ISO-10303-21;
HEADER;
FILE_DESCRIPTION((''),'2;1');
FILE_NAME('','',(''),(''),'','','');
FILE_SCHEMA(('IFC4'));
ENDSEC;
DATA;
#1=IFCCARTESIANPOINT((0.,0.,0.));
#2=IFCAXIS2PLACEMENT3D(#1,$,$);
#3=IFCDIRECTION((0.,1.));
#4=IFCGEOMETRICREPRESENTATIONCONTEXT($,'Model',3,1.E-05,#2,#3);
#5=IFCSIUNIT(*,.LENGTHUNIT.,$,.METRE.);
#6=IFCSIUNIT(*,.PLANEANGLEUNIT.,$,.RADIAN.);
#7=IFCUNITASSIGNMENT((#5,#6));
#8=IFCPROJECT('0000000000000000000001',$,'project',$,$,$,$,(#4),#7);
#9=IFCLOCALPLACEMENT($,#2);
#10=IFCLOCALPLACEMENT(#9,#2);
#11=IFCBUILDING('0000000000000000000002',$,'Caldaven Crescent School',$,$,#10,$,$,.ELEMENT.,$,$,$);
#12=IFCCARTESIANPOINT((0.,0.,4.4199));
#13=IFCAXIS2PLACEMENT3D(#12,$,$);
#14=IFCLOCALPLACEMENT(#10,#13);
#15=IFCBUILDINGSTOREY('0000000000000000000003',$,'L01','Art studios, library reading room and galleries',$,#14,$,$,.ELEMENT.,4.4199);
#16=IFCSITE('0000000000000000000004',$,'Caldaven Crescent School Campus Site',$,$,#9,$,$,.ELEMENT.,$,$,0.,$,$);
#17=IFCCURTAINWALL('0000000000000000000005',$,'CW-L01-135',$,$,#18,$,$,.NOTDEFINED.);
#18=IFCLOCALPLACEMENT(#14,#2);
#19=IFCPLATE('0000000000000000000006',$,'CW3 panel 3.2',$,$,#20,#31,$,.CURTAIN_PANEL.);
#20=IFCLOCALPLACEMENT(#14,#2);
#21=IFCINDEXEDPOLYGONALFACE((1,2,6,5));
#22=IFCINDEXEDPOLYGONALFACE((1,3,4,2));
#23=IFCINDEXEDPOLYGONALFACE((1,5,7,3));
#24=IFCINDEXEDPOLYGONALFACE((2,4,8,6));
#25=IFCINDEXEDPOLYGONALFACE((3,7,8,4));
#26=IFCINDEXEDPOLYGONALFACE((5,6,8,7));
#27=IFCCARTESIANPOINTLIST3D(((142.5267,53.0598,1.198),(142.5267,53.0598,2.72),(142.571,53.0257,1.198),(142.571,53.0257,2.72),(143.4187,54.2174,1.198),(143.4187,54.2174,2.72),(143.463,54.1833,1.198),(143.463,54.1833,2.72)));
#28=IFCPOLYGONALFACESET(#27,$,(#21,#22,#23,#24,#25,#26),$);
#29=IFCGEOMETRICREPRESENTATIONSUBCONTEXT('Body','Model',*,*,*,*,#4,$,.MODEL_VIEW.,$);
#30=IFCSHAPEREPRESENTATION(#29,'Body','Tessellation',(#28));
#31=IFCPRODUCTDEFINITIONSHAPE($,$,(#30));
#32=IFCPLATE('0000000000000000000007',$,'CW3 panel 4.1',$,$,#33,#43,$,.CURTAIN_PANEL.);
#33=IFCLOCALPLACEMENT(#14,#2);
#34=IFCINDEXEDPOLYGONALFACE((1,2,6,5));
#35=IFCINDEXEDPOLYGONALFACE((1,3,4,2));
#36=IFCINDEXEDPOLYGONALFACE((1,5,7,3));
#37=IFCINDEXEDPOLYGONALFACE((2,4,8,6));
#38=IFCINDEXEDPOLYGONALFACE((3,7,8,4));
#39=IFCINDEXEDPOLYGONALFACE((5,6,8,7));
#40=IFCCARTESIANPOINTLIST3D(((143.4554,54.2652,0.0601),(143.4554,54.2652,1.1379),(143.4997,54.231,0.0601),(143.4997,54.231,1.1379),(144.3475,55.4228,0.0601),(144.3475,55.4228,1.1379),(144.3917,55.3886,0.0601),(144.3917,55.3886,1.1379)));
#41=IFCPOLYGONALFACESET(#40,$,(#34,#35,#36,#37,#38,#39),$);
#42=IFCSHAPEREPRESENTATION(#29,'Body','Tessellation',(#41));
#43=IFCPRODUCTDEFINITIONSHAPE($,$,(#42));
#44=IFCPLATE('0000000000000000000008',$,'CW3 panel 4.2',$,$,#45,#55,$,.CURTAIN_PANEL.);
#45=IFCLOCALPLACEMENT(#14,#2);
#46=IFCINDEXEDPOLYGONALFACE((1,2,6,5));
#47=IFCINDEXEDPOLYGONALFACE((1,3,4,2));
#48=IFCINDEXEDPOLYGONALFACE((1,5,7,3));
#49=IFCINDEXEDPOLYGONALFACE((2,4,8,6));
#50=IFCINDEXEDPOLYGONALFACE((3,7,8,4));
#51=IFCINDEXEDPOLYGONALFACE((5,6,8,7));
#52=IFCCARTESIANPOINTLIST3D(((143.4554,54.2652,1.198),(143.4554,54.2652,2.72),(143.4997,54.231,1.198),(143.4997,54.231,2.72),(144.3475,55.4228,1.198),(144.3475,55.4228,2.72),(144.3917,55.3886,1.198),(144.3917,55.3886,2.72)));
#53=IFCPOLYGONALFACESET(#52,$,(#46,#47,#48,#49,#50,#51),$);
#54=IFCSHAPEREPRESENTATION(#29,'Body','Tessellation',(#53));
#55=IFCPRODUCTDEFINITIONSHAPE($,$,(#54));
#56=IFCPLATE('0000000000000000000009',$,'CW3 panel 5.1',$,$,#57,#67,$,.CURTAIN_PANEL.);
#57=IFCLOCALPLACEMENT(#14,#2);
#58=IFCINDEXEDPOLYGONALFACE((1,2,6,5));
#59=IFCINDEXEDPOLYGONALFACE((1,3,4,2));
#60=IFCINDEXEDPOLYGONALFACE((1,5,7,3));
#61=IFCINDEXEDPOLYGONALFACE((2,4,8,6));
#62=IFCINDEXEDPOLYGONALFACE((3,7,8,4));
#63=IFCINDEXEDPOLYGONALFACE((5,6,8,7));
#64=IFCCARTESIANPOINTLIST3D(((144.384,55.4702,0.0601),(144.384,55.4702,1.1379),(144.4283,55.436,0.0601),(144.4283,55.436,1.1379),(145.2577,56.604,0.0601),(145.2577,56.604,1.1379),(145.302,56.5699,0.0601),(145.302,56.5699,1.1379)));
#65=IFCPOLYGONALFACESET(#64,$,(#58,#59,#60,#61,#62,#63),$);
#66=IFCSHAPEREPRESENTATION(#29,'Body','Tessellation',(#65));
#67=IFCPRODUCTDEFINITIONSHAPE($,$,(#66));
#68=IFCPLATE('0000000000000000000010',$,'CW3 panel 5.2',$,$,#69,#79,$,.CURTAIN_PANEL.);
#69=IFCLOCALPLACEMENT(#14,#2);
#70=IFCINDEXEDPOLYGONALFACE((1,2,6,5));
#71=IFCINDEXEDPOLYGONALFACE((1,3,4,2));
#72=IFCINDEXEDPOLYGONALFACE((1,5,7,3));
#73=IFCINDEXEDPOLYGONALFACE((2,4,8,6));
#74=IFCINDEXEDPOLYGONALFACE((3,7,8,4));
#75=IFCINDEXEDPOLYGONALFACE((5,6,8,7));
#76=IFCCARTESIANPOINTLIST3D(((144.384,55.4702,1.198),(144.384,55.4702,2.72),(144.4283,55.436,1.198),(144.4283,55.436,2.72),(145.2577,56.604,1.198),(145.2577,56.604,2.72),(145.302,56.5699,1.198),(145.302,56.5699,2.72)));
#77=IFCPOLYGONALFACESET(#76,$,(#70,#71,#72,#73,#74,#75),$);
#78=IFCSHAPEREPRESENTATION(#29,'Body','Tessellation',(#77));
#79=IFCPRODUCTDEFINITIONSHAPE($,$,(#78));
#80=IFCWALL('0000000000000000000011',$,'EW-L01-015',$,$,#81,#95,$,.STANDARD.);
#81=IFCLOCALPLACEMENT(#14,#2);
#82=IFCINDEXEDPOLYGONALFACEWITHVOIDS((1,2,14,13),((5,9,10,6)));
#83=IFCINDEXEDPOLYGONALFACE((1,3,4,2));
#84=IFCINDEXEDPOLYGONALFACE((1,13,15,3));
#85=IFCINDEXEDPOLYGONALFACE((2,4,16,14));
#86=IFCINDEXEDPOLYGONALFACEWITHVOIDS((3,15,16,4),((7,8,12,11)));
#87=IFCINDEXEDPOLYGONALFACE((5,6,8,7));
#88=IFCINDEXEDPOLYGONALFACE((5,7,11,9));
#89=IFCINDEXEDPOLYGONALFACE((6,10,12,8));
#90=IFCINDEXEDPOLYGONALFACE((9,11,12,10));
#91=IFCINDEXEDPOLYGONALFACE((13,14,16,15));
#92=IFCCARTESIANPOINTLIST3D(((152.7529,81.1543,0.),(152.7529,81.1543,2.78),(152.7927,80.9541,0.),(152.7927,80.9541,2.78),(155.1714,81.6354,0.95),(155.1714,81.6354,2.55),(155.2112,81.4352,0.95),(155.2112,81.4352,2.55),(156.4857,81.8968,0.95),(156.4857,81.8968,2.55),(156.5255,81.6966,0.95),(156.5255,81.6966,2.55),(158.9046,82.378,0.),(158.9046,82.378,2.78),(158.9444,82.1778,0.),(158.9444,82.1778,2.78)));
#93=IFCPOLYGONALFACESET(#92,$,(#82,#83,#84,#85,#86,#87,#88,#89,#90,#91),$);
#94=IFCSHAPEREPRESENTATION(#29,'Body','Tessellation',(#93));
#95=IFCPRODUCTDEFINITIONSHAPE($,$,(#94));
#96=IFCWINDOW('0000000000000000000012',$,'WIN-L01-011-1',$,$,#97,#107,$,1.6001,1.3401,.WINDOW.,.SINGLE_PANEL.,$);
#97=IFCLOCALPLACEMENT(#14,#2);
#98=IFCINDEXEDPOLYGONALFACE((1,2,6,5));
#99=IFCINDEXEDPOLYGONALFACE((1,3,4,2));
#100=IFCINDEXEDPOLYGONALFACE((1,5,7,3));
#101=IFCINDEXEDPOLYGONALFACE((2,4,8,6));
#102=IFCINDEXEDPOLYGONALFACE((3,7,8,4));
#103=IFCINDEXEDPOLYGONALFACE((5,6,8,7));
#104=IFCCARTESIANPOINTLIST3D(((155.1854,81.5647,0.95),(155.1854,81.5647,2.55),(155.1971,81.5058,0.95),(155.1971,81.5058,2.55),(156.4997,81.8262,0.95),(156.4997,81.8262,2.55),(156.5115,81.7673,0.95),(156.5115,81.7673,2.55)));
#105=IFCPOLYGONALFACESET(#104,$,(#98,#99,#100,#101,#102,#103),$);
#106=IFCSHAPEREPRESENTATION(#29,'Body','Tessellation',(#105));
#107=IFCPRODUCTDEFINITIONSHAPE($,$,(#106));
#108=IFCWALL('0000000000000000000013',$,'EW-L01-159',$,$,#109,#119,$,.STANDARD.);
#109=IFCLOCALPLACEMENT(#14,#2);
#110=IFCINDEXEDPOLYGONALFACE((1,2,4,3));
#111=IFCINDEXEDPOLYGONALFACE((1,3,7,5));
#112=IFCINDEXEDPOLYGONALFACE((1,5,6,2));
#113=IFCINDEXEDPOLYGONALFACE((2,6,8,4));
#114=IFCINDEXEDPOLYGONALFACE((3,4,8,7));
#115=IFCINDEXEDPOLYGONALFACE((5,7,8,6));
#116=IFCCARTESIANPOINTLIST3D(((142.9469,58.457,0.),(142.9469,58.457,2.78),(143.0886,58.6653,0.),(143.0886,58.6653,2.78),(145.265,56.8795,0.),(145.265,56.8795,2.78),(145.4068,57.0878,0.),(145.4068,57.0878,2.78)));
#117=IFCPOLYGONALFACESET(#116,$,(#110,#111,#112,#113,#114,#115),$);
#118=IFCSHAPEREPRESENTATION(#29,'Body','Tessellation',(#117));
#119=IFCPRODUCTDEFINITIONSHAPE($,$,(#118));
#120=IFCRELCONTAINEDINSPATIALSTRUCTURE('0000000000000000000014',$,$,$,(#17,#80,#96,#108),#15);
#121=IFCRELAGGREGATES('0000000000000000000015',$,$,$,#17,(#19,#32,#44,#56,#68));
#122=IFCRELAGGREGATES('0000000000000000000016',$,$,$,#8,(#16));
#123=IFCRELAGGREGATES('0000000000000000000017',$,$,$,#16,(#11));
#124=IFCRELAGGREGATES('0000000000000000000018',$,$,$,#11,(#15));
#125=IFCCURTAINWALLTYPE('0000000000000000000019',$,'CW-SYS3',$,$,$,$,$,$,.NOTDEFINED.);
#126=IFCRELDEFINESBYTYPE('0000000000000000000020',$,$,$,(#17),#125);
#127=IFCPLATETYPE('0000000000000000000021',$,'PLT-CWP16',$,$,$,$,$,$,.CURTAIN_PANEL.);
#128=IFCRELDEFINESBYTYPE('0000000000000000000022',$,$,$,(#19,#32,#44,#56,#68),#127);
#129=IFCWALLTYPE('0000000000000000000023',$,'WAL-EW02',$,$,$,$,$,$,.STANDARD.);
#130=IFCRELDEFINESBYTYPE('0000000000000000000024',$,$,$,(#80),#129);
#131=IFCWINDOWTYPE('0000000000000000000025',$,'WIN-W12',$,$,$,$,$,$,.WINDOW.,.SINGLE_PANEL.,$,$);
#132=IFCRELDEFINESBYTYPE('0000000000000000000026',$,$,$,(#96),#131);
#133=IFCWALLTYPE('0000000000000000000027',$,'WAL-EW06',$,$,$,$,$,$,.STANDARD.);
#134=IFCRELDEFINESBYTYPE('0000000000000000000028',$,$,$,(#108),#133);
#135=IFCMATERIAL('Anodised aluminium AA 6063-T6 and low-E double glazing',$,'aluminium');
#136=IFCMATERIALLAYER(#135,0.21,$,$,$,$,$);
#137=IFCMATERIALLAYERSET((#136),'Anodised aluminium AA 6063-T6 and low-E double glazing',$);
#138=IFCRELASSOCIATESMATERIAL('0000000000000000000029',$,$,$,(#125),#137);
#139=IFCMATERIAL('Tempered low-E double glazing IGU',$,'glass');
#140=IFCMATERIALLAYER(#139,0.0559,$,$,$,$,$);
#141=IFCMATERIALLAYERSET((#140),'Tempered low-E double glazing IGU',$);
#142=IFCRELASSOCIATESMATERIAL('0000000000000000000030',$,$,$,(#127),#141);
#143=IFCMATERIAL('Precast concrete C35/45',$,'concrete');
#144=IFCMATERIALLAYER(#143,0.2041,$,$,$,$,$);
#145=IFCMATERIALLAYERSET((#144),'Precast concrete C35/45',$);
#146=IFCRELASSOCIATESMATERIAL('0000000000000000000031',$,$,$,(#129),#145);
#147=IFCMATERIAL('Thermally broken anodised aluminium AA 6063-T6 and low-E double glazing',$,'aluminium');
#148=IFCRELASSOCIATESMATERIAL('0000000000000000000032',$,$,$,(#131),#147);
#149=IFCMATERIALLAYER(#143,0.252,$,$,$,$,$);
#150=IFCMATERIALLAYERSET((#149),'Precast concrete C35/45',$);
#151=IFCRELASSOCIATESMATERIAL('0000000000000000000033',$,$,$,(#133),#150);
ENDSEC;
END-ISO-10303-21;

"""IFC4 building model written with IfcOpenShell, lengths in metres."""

from ifc_helpers import new_model, si_unit, direction, frame, frame_2d, origin, origin_2d, place, context, subcontext, project, spatial, rectangle, extrude, material, layer, layer_set, type_object, element, fill, aggregate, save


model = new_model("IFC4")

# Units and contexts
model_context = context("Model", 3, precision=1e-05, world=origin(), true_north=direction((0.0, 1.0)))
body_context = subcontext(model_context, "Body", "Model", "MODEL_VIEW")
ifc_project = project(units=[si_unit("LENGTHUNIT", "METRE"), si_unit("PLANEANGLEUNIT", "RADIAN")], contexts=[model_context])

# Site, building, storey
site_placement = place(None, origin())
site = spatial("IfcSite", under=ifc_project, at=site_placement, Name="Caldaven Crescent School Campus Site", CompositionType="ELEMENT", RefElevation=0.0)
building_placement = place(site_placement, origin())
building = spatial("IfcBuilding", under=site, at=building_placement, Name="Caldaven Crescent School", CompositionType="ELEMENT")
storey_placement = place(building_placement, frame((0.0, 0.0, 4.4199)))
storey = spatial("IfcBuildingStorey", under=building, at=storey_placement, Name="L01", Description="Art studios, library reading room and galleries", CompositionType="ELEMENT", Elevation=4.4199)

# Curtain wall
ifc_material_1 = material(Name="Anodised aluminium AA 6063-T6 and low-E double glazing", Category="aluminium")
ifc_layer_1 = layer(ifc_material_1, 0.21)
ifc_layer_set_1 = layer_set([ifc_layer_1], Name="Anodised aluminium AA 6063-T6 and low-E double glazing")
curtain_wall_type = type_object("IfcCurtainWallType", Name="CW-SYS3", PredefinedType="NOTDEFINED", material=ifc_layer_set_1)
curtain_wall_placement = place(storey_placement, origin())
curtain_wall = element("IfcCurtainWall", 1, at=curtain_wall_placement, inside=storey, type_object=curtain_wall_type, Name="CW-L01-135", PredefinedType="NOTDEFINED")

# Plates
ifc_material_2 = material(Name="Tempered low-E double glazing IGU", Category="glass")
ifc_layer_2 = layer(ifc_material_2, 0.0559)
ifc_layer_set_2 = layer_set([ifc_layer_2], Name="Tempered low-E double glazing IGU")
plate_type = type_object("IfcPlateType", Name="PLT-CWP16", PredefinedType="CURTAIN_PANEL", material=ifc_layer_set_2)
plate_1_placement = place(storey_placement, frame((142.9949, 53.6216, 1.198), z_axis=(0.0, 0.0, 1.0), x_axis=(0.610386, 0.792104, 0.0)))
plate_1 = element("IfcPlate", 2, at=plate_1_placement, type_object=plate_type, Name="CW3 panel 3.2", PredefinedType="CURTAIN_PANEL", context=body_context, shape_type="SweptSolid", body=[
    extrude(rectangle(XDim=1.4614, YDim=0.0559, at=origin_2d()), origin(), (0.0, 0.0, 1.0), 1.522),
])
plate_2_placement = place(storey_placement, frame((143.9236, 54.8269, 0.0601), z_axis=(0.0, 0.0, 1.0), x_axis=(0.610386, 0.792104, 0.0)))
plate_2 = element("IfcPlate", 3, at=plate_2_placement, type_object=plate_type, Name="CW3 panel 4.1", PredefinedType="CURTAIN_PANEL", context=body_context, shape_type="SweptSolid", body=[
    extrude(rectangle(XDim=1.4614, YDim=0.0559, at=origin_2d()), origin(), (0.0, 0.0, 1.0), 1.0779),
])
plate_3_placement = place(storey_placement, frame((143.9236, 54.8269, 1.198), z_axis=(0.0, 0.0, 1.0), x_axis=(0.610386, 0.792104, 0.0)))
plate_3 = element("IfcPlate", 4, at=plate_3_placement, type_object=plate_type, Name="CW3 panel 4.2", PredefinedType="CURTAIN_PANEL", context=body_context, shape_type="SweptSolid", body=[
    extrude(rectangle(XDim=1.4614, YDim=0.0559, at=origin_2d()), origin(), (0.0, 0.0, 1.0), 1.522),
])
plate_4_placement = place(storey_placement, frame((144.843, 56.02, 0.0601), z_axis=(0.0, 0.0, 1.0), x_axis=(0.610386, 0.792104, 0.0)))
plate_4 = element("IfcPlate", 5, at=plate_4_placement, type_object=plate_type, Name="CW3 panel 5.1", PredefinedType="CURTAIN_PANEL", context=body_context, shape_type="SweptSolid", body=[
    extrude(rectangle(XDim=1.4314, YDim=0.0559, at=origin_2d()), origin(), (0.0, 0.0, 1.0), 1.0779),
])
plate_5_placement = place(storey_placement, frame((144.843, 56.02, 1.198), z_axis=(0.0, 0.0, 1.0), x_axis=(0.610386, 0.792104, 0.0)))
plate_5 = element("IfcPlate", 6, at=plate_5_placement, type_object=plate_type, Name="CW3 panel 5.2", PredefinedType="CURTAIN_PANEL", context=body_context, shape_type="SweptSolid", body=[
    extrude(rectangle(XDim=1.4314, YDim=0.0559, at=origin_2d()), origin(), (0.0, 0.0, 1.0), 1.522),
])
aggregate(curtain_wall, [plate_1, plate_2, plate_3, plate_4, plate_5])

# Wall, opening, window
ifc_material_3 = material(Name="Precast concrete C35/45", Category="concrete")
ifc_layer_3 = layer(ifc_material_3, 0.2041)
ifc_layer_set_3 = layer_set([ifc_layer_3], Name="Precast concrete C35/45")
wall_type_1 = type_object("IfcWallType", Name="WAL-EW02", PredefinedType="STANDARD", material=ifc_layer_set_3)
wall_1_placement = place(storey_placement, frame((152.7727, 81.0542, 0.0), z_axis=(0.0, 0.0, 1.0), x_axis=(0.980785, 0.195091, 0.0)))
wall_1 = element("IfcWall", 7, at=wall_1_placement, inside=storey, type_object=wall_type_1, Name="EW-L01-015", PredefinedType="STANDARD", context=body_context, shape_type="SweptSolid", body=[
    extrude(rectangle(XDim=6.2722, YDim=0.2041, at=frame_2d((3.1362, 0.0))), origin(), (0.0, 0.0, 1.0), 2.78),
])
opening_placement = place(wall_1_placement, frame((2.4661, 0.0, 0.95)))
opening = element("IfcOpeningElement", 8, at=opening_placement, cuts=wall_1, PredefinedType="OPENING", context=body_context, shape_type="SweptSolid", body=[
    extrude(rectangle(XDim=1.3401, YDim=1.6001, at=frame_2d((0.6699, 0.8))), frame((0.0, 0.1121, 0.0), z_axis=(0.0, -1.0, 0.0), x_axis=(1.0, 0.0, 0.0)), (0.0, 0.0, 1.0), 0.2241),
])
ifc_material_4 = material(Name="Thermally broken anodised aluminium AA 6063-T6 and low-E double glazing", Category="aluminium")
window_type = type_object("IfcWindowType", Name="WIN-W12", PartitioningType="SINGLE_PANEL", PredefinedType="WINDOW", material=ifc_material_4)
window_placement = place(opening_placement, origin())
window = element("IfcWindow", 9, at=window_placement, inside=storey, type_object=window_type, Name="WIN-L01-011-1", OverallHeight=1.6001, OverallWidth=1.3401, PartitioningType="SINGLE_PANEL", PredefinedType="WINDOW", context=body_context, shape_type="SweptSolid", body=[
    extrude(rectangle(XDim=1.3401, YDim=1.6001, at=frame_2d((0.6699, 0.8))), frame((0.0, 0.03, 0.0), z_axis=(0.0, -1.0, 0.0), x_axis=(1.0, 0.0, 0.0)), (0.0, 0.0, 1.0), 0.0601),
])
fill(opening, window)

# Wall
ifc_layer_4 = layer(ifc_material_3, 0.252)
ifc_layer_set_4 = layer_set([ifc_layer_4], Name="Precast concrete C35/45")
wall_type_2 = type_object("IfcWallType", Name="WAL-EW06", PredefinedType="STANDARD", material=ifc_layer_set_4)
wall_2_placement = place(storey_placement, frame((143.0178, 58.561, 0.0), z_axis=(0.0, 0.0, 1.0), x_axis=(0.826748, -0.562572, 0.0)))
element("IfcWall", 10, at=wall_2_placement, inside=storey, type_object=wall_type_2, Name="EW-L01-159", PredefinedType="STANDARD", context=body_context, shape_type="SweptSolid", body=[
    extrude(rectangle(XDim=2.804, YDim=0.252, at=frame_2d((1.4019, 0.0))), origin(), (0.0, 0.0, 1.0), 2.78),
])

save(model, "model.ifc")
